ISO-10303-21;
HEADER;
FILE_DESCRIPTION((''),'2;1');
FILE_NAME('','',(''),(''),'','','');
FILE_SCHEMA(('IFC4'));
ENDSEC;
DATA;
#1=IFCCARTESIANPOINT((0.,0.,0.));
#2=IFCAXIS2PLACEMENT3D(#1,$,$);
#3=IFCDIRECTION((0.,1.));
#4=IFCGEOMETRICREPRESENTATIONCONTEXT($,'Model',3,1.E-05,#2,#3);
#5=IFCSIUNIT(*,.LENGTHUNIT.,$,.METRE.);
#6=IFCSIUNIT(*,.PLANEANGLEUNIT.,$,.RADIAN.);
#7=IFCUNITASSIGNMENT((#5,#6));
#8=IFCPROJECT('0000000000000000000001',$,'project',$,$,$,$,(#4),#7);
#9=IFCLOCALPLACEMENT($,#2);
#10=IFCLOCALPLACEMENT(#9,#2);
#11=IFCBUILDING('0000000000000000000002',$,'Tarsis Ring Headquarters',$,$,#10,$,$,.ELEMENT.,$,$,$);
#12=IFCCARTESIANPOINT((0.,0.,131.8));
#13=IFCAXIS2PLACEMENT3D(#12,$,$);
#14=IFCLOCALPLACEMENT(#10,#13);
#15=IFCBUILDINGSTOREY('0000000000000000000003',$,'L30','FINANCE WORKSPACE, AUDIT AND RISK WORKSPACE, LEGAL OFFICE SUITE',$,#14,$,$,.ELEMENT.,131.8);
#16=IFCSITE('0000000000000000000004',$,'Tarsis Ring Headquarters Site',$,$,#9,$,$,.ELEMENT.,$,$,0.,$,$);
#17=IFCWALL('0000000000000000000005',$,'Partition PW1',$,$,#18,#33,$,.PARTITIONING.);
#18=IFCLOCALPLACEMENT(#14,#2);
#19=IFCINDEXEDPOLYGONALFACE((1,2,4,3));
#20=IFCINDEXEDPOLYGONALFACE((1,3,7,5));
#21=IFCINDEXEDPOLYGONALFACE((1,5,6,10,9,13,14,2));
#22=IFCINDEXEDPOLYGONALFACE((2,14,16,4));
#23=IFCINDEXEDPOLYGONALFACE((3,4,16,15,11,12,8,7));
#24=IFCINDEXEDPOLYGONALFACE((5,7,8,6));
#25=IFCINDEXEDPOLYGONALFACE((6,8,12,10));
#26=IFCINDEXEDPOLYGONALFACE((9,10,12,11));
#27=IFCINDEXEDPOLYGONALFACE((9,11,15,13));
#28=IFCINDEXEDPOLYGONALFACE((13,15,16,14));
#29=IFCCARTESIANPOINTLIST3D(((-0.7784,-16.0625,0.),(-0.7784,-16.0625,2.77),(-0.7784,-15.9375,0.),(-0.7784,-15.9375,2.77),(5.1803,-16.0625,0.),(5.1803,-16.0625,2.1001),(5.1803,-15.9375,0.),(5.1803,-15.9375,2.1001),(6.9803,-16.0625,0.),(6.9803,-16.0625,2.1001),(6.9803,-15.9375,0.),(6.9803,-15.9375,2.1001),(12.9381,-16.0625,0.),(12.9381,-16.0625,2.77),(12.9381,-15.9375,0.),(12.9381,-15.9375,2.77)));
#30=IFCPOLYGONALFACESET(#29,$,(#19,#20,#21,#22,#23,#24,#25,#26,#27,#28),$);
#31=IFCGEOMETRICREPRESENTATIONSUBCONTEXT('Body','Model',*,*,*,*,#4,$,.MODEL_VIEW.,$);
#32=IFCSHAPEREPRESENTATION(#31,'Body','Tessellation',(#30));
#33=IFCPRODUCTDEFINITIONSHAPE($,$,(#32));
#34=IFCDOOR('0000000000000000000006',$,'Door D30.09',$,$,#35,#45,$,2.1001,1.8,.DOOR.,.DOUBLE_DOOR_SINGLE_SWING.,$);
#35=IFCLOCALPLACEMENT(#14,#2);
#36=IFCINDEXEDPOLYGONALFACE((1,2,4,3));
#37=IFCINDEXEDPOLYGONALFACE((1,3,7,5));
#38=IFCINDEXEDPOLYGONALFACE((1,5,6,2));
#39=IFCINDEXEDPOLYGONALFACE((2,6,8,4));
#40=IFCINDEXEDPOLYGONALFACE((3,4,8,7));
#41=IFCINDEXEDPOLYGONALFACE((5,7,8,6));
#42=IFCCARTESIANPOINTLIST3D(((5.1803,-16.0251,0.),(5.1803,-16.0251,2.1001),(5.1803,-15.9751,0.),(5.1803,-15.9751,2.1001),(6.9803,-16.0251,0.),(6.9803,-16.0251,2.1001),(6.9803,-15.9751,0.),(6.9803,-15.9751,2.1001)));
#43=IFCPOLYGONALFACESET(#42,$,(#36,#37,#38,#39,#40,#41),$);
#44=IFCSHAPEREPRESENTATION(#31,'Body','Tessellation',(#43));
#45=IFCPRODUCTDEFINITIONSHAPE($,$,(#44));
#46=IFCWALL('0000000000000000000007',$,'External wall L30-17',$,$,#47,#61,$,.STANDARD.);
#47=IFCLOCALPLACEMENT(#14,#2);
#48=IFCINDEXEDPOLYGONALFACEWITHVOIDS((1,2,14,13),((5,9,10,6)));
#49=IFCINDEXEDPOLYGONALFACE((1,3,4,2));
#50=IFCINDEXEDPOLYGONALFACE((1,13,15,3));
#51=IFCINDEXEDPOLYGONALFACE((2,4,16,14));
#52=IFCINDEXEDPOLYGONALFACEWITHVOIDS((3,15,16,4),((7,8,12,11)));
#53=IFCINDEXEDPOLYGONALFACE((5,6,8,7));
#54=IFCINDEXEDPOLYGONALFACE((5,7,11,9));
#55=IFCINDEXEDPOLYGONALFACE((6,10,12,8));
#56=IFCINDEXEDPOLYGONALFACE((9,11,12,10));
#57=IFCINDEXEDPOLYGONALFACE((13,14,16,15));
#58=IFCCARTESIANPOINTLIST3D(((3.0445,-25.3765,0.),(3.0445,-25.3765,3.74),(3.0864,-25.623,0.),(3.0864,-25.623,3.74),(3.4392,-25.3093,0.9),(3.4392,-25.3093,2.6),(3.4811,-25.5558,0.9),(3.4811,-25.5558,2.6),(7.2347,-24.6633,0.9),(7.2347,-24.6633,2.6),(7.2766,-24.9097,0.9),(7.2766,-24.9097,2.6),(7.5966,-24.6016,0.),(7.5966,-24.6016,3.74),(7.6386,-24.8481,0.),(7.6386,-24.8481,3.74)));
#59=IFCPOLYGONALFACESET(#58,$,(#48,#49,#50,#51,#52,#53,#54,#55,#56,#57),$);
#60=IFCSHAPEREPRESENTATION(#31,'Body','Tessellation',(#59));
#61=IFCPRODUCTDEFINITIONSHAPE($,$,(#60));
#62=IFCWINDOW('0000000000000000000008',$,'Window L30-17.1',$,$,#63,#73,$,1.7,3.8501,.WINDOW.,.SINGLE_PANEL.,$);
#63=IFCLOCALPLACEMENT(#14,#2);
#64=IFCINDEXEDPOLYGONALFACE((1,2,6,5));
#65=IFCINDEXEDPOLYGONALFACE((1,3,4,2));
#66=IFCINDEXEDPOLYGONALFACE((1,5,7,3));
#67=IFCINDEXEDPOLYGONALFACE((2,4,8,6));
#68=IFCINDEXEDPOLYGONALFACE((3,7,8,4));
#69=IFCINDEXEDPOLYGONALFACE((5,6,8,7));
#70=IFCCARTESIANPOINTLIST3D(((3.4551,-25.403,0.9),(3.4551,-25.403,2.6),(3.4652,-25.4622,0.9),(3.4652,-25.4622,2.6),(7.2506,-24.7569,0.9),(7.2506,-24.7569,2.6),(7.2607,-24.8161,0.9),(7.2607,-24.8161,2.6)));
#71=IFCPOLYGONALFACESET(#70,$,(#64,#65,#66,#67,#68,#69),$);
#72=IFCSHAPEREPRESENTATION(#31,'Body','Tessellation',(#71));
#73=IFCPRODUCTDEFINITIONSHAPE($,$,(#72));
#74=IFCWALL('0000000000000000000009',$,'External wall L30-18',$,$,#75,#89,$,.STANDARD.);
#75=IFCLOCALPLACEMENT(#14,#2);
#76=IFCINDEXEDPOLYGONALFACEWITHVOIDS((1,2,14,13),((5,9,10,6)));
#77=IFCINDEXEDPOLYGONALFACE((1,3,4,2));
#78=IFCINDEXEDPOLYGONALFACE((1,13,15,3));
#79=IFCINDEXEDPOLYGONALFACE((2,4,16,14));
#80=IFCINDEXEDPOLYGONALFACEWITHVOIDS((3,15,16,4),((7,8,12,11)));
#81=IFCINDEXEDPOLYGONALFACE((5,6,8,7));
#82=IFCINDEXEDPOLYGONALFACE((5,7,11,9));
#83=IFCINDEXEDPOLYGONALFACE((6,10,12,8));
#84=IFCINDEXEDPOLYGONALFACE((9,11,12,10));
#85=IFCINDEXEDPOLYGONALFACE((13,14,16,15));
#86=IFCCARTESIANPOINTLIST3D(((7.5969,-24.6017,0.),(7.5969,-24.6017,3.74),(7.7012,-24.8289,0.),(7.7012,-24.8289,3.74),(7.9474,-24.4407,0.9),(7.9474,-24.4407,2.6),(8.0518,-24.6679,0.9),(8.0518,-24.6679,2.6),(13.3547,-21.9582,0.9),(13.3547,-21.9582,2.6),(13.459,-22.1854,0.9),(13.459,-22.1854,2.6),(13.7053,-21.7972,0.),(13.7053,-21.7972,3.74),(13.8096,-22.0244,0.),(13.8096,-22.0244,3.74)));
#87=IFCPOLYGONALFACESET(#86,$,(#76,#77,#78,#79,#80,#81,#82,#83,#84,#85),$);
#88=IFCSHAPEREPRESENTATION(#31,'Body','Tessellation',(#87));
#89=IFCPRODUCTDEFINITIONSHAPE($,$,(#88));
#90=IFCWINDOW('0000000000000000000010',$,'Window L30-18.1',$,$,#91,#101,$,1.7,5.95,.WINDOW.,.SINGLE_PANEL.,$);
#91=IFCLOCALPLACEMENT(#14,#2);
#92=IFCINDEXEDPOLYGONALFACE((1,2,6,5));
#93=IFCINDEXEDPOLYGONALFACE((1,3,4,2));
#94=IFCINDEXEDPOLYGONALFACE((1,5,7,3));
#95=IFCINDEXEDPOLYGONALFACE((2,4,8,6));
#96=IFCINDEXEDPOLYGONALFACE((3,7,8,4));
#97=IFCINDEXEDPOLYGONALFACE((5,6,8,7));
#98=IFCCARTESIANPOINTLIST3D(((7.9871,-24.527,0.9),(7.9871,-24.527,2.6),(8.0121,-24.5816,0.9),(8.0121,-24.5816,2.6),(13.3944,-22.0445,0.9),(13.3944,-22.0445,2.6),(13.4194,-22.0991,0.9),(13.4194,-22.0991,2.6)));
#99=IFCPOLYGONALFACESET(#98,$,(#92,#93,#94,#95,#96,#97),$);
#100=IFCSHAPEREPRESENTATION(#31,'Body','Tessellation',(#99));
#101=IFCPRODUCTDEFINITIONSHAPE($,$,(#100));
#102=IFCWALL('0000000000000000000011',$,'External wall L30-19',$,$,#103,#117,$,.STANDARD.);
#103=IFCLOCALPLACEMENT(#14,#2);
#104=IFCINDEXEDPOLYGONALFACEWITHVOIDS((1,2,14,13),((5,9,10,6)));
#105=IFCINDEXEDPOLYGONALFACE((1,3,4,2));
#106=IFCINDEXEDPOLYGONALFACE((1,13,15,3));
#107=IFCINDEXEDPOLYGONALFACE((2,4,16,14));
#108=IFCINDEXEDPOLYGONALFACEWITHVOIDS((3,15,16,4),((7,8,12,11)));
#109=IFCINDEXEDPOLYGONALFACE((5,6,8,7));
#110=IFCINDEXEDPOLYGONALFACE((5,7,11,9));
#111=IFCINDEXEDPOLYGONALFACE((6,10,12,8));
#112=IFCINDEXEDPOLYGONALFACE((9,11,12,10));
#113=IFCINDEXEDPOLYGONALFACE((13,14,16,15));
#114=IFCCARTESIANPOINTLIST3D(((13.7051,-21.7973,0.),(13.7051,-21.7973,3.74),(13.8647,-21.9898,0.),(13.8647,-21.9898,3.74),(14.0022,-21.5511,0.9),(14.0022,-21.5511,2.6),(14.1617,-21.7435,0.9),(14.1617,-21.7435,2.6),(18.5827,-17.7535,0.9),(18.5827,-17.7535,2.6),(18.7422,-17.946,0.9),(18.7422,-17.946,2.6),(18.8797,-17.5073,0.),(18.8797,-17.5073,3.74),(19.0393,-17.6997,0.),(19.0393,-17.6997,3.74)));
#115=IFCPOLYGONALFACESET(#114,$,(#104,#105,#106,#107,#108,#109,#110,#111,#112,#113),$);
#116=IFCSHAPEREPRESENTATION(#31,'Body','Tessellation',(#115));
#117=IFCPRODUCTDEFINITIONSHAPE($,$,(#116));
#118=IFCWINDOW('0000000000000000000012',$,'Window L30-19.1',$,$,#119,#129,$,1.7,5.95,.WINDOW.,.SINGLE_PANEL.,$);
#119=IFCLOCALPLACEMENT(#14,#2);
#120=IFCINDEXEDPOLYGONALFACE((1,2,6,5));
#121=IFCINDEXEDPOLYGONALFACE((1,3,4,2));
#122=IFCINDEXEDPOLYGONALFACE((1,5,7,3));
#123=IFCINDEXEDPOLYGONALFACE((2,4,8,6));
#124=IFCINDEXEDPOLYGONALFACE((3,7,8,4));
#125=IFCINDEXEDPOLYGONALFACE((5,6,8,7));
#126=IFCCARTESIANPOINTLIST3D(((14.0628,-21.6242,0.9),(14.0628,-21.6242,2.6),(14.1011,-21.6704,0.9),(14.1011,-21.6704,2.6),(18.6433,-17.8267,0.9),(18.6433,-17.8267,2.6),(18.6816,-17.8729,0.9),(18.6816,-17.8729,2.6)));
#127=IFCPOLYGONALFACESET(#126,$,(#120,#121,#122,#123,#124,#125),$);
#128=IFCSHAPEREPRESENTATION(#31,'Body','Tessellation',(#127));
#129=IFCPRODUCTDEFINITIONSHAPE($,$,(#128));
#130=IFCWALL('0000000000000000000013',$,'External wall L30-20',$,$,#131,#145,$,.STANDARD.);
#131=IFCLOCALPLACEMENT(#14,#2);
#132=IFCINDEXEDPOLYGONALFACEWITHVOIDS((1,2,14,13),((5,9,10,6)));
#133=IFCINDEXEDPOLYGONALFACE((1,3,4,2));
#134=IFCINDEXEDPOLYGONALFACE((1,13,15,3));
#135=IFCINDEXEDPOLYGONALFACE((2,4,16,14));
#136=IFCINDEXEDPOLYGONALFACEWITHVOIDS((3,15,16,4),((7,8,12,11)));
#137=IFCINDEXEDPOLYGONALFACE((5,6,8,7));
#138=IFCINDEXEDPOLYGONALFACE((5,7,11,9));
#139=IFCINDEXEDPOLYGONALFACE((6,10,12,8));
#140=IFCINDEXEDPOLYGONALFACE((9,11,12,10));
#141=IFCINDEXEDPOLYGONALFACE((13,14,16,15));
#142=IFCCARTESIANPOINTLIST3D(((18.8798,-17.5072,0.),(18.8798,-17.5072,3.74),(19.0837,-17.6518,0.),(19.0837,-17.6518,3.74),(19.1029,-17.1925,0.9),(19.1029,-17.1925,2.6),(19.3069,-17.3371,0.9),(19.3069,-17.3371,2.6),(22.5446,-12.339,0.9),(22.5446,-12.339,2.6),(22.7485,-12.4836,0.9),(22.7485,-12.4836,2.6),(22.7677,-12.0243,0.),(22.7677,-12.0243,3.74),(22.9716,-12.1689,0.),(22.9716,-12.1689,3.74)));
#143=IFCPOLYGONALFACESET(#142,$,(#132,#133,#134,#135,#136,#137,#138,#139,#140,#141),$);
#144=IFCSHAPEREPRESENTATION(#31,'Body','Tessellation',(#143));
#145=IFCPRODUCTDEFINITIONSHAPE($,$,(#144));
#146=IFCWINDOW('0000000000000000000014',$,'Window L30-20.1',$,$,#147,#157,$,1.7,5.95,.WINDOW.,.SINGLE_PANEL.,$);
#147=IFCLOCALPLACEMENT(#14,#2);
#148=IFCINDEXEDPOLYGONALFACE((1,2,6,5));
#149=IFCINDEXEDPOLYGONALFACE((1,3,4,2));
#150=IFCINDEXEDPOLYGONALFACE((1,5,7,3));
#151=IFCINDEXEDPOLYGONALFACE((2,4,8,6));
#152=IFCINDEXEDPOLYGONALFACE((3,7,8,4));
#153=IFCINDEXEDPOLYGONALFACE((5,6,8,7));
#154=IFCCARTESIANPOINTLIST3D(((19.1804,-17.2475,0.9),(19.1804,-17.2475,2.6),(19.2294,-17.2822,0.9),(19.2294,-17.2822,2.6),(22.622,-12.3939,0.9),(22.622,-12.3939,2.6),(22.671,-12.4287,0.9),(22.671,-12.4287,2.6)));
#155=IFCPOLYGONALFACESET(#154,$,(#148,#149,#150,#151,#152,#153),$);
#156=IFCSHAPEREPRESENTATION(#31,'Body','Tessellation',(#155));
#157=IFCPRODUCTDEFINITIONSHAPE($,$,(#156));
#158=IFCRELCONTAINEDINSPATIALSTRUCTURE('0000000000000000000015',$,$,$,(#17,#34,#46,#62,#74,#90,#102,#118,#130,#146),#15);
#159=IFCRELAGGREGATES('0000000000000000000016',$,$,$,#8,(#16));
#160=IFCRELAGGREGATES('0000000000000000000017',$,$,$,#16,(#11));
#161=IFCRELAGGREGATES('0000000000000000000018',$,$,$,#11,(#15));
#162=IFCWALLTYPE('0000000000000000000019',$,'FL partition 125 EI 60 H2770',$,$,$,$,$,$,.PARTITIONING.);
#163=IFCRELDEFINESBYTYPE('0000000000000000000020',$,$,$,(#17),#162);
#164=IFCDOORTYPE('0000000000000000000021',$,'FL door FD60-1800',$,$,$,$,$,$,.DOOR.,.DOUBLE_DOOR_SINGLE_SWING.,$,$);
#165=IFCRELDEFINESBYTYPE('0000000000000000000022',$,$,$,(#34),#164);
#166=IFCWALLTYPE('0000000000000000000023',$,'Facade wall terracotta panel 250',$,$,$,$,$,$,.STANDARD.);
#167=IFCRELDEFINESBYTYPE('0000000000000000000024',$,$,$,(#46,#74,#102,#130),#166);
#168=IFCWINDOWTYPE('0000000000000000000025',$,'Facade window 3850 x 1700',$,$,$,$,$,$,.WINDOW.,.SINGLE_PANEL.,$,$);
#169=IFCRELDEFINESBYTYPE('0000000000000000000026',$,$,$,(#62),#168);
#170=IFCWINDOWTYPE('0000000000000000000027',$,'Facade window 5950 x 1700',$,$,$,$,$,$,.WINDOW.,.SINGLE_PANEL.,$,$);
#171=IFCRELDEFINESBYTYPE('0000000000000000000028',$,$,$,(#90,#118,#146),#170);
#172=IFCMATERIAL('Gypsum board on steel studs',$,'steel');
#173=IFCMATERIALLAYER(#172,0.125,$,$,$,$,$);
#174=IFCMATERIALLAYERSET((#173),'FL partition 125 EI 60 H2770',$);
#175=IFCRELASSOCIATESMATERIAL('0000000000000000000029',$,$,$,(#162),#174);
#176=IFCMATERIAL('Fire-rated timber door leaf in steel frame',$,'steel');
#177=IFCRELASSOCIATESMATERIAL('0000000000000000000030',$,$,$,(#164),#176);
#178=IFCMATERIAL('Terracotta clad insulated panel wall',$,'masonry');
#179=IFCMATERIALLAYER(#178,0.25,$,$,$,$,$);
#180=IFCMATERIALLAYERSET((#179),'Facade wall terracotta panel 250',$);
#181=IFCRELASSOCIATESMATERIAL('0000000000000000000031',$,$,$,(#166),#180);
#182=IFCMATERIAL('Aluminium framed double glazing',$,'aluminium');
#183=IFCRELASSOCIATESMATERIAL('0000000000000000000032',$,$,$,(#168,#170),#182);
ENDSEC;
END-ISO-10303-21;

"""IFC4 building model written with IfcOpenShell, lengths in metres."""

from ifc_helpers import new_model, si_unit, direction, frame, frame_2d, origin, place, context, subcontext, project, spatial, rectangle, extrude, material, layer, layer_set, type_object, element, fill, save


model = new_model("IFC4")

# Units and contexts
model_context = context("Model", 3, precision=1e-05, world=origin(), true_north=direction((0.0, 1.0)))
body_context = subcontext(model_context, "Body", "Model", "MODEL_VIEW")
ifc_project = project(units=[si_unit("LENGTHUNIT", "METRE"), si_unit("PLANEANGLEUNIT", "RADIAN")], contexts=[model_context])

# Site, building, storey
site_placement = place(None, origin())
site = spatial("IfcSite", under=ifc_project, at=site_placement, Name="Tarsis Ring Headquarters Site", CompositionType="ELEMENT", RefElevation=0.0)
building_placement = place(site_placement, origin())
building = spatial("IfcBuilding", under=site, at=building_placement, Name="Tarsis Ring Headquarters", CompositionType="ELEMENT")
storey_placement = place(building_placement, frame((0.0, 0.0, 131.8)))
storey = spatial("IfcBuildingStorey", under=building, at=storey_placement, Name="L30", Description="FINANCE WORKSPACE, AUDIT AND RISK WORKSPACE, LEGAL OFFICE SUITE", CompositionType="ELEMENT", Elevation=131.8)

# Shared definitions
ifc_material_1 = material(Name="Gypsum board on steel studs", Category="steel")
ifc_layer_1 = layer(ifc_material_1, 0.125)
ifc_layer_set_1 = layer_set([ifc_layer_1], Name="FL partition 125 EI 60 H2770")
wall_type_1 = type_object("IfcWallType", Name="FL partition 125 EI 60 H2770", PredefinedType="PARTITIONING", material=ifc_layer_set_1)
ifc_material_2 = material(Name="Fire-rated timber door leaf in steel frame", Category="steel")
door_type = type_object("IfcDoorType", Name="FL door FD60-1800", OperationType="DOUBLE_DOOR_SINGLE_SWING", PredefinedType="DOOR", material=ifc_material_2)

# Wall, opening, door
wall_1_placement = place(storey_placement, frame((-0.7786, -16.0, 0.0), z_axis=(0.0, 0.0, 1.0), x_axis=(1.0, 0.0, 0.0)))
wall_1 = element("IfcWall", 1, at=wall_1_placement, inside=storey, type_object=wall_type_1, Name="Partition PW1", PredefinedType="PARTITIONING", context=body_context, shape_type="SweptSolid", body=[
    extrude(rectangle(XDim=13.7166, YDim=0.125, at=frame_2d((6.8584, 0.0))), origin(), (0.0, 0.0, 1.0), 2.77),
])
opening_1_placement = place(wall_1_placement, frame((5.959, 0.0, 0.0)))
opening_1 = element("IfcOpeningElement", 2, at=opening_1_placement, cuts=wall_1, PredefinedType="OPENING", context=body_context, shape_type="SweptSolid", body=[
    extrude(rectangle(XDim=1.8, YDim=2.1001, at=frame_2d((0.8999, 1.05))), frame((0.0, 0.0725, 0.0), z_axis=(0.0, -1.0, 0.0), x_axis=(1.0, 0.0, 0.0)), (0.0, 0.0, 1.0), 0.145),
])
door_1_placement = place(opening_1_placement, origin())
door_1 = element("IfcDoor", 3, at=door_1_placement, inside=storey, type_object=door_type, Name="Door D30.09", OperationType="DOUBLE_DOOR_SINGLE_SWING", OverallHeight=2.1001, OverallWidth=1.8, PredefinedType="DOOR", context=body_context, shape_type="SweptSolid", body=[
    extrude(rectangle(XDim=1.8, YDim=2.1001, at=frame_2d((0.8999, 1.05))), frame((0.0, 0.0249, 0.0), z_axis=(0.0, -1.0, 0.0), x_axis=(1.0, 0.0, 0.0)), (0.0, 0.0, 1.0), 0.05),
])
fill(opening_1, door_1)

# Walls, openings, windows
ifc_material_3 = material(Name="Terracotta clad insulated panel wall", Category="masonry")
ifc_layer_2 = layer(ifc_material_3, 0.25)
ifc_layer_set_2 = layer_set([ifc_layer_2], Name="Facade wall terracotta panel 250")
wall_type_2 = type_object("IfcWallType", Name="Facade wall terracotta panel 250", PredefinedType="STANDARD", material=ifc_layer_set_2)
wall_2_placement = place(storey_placement, frame((3.0654, -25.4998, 0.0), z_axis=(0.0, 0.0, 1.0), x_axis=(0.985819, 0.16781, 0.0)))
wall_2 = element("IfcWall", 4, at=wall_2_placement, inside=storey, type_object=wall_type_2, Name="External wall L30-17", PredefinedType="STANDARD", context=body_context, shape_type="SweptSolid", body=[
    extrude(rectangle(XDim=4.6177, YDim=0.25, at=frame_2d((2.3088, 0.0))), origin(), (0.0, 0.0, 1.0), 3.74),
])
opening_2_placement = place(wall_2_placement, frame((0.4004, 0.0, 0.8999)))
opening_2 = element("IfcOpeningElement", 5, at=opening_2_placement, cuts=wall_2, PredefinedType="OPENING", context=body_context, shape_type="SweptSolid", body=[
    extrude(rectangle(XDim=3.8501, YDim=1.7, at=frame_2d((1.925, 0.8501))), frame((0.0, 0.135, 0.0), z_axis=(0.0, -1.0, 0.0), x_axis=(1.0, 0.0, 0.0)), (0.0, 0.0, 1.0), 0.27),
])
ifc_material_4 = material(Name="Aluminium framed double glazing", Category="aluminium")
window_type_1 = type_object("IfcWindowType", Name="Facade window 3850 x 1700", PartitioningType="SINGLE_PANEL", PredefinedType="WINDOW", material=ifc_material_4)
window_1_placement = place(opening_2_placement, origin())
window_1 = element("IfcWindow", 6, at=window_1_placement, inside=storey, type_object=window_type_1, Name="Window L30-17.1", OverallHeight=1.7, OverallWidth=3.8501, PartitioningType="SINGLE_PANEL", PredefinedType="WINDOW", context=body_context, shape_type="SweptSolid", body=[
    extrude(rectangle(XDim=3.8501, YDim=1.7, at=frame_2d((1.925, 0.8501))), frame((0.0, 0.03, 0.0), z_axis=(0.0, -1.0, 0.0), x_axis=(1.0, 0.0, 0.0)), (0.0, 0.0, 1.0), 0.0601),
])
fill(opening_2, window_1)
wall_3_placement = place(storey_placement, frame((7.6489, -24.7153, 0.0), z_axis=(0.0, 0.0, 1.0), x_axis=(0.908796, 0.41724, 0.0)))
wall_3 = element("IfcWall", 7, at=wall_3_placement, inside=storey, type_object=wall_type_2, Name="External wall L30-18", PredefinedType="STANDARD", context=body_context, shape_type="SweptSolid", body=[
    extrude(rectangle(XDim=6.7214, YDim=0.25, at=frame_2d((3.3608, 0.0))), origin(), (0.0, 0.0, 1.0), 3.74),
])
opening_3_placement = place(wall_3_placement, frame((0.3857, 0.0, 0.8999)))
opening_3 = element("IfcOpeningElement", 8, at=opening_3_placement, cuts=wall_3, PredefinedType="OPENING", context=body_context, shape_type="SweptSolid", body=[
    extrude(rectangle(XDim=5.95, YDim=1.7, at=frame_2d((2.9751, 0.8501))), frame((0.0, 0.135, 0.0), z_axis=(0.0, -1.0, 0.0), x_axis=(1.0, 0.0, 0.0)), (0.0, 0.0, 1.0), 0.27),
])
window_type_2 = type_object("IfcWindowType", Name="Facade window 5950 x 1700", PartitioningType="SINGLE_PANEL", PredefinedType="WINDOW", material=ifc_material_4)
window_2_placement = place(opening_3_placement, origin())
window_2 = element("IfcWindow", 9, at=window_2_placement, inside=storey, type_object=window_type_2, Name="Window L30-18.1", OverallHeight=1.7, OverallWidth=5.95, PartitioningType="SINGLE_PANEL", PredefinedType="WINDOW", context=body_context, shape_type="SweptSolid", body=[
    extrude(rectangle(XDim=5.95, YDim=1.7, at=frame_2d((2.9751, 0.8501))), frame((0.0, 0.03, 0.0), z_axis=(0.0, -1.0, 0.0), x_axis=(1.0, 0.0, 0.0)), (0.0, 0.0, 1.0), 0.0601),
])
fill(opening_3, window_2)
wall_4_placement = place(storey_placement, frame((13.7849, -21.8936, 0.0), z_axis=(0.0, 0.0, 1.0), x_axis=(0.769835, 0.638242, 0.0)))
wall_4 = element("IfcWall", 10, at=wall_4_placement, inside=storey, type_object=wall_type_2, Name="External wall L30-19", PredefinedType="STANDARD", context=body_context, shape_type="SweptSolid", body=[
    extrude(rectangle(XDim=6.7217, YDim=0.25, at=frame_2d((3.3608, 0.0))), origin(), (0.0, 0.0, 1.0), 3.74),
])
opening_4_placement = place(wall_4_placement, frame((0.3857, 0.0, 0.8999)))
opening_4 = element("IfcOpeningElement", 11, at=opening_4_placement, cuts=wall_4, PredefinedType="OPENING", context=body_context, shape_type="SweptSolid", body=[
    extrude(rectangle(XDim=5.95, YDim=1.7, at=frame_2d((2.9751, 0.8501))), frame((0.0, 0.135, 0.0), z_axis=(0.0, -1.0, 0.0), x_axis=(1.0, 0.0, 0.0)), (0.0, 0.0, 1.0), 0.27),
])
window_3_placement = place(opening_4_placement, origin())
window_3 = element("IfcWindow", 12, at=window_3_placement, inside=storey, type_object=window_type_2, Name="Window L30-19.1", OverallHeight=1.7, OverallWidth=5.95, PartitioningType="SINGLE_PANEL", PredefinedType="WINDOW", context=body_context, shape_type="SweptSolid", body=[
    extrude(rectangle(XDim=5.95, YDim=1.7, at=frame_2d((2.9751, 0.8501))), frame((0.0, 0.03, 0.0), z_axis=(0.0, -1.0, 0.0), x_axis=(1.0, 0.0, 0.0)), (0.0, 0.0, 1.0), 0.0601),
])
fill(opening_4, window_3)
wall_5_placement = place(storey_placement, frame((18.9817, -17.5796, 0.0), z_axis=(0.0, 0.0, 1.0), x_axis=(0.578434, 0.815729, 0.0)))
wall_5 = element("IfcWall", 13, at=wall_5_placement, inside=storey, type_object=wall_type_2, Name="External wall L30-20", PredefinedType="STANDARD", context=body_context, shape_type="SweptSolid", body=[
    extrude(rectangle(XDim=6.7214, YDim=0.25, at=frame_2d((3.3608, 0.0))), origin(), (0.0, 0.0, 1.0), 3.74),
])
opening_5_placement = place(wall_5_placement, frame((0.3857, 0.0, 0.8999)))
opening_5 = element("IfcOpeningElement", 14, at=opening_5_placement, cuts=wall_5, PredefinedType="OPENING", context=body_context, shape_type="SweptSolid", body=[
    extrude(rectangle(XDim=5.95, YDim=1.7, at=frame_2d((2.9751, 0.8501))), frame((0.0, 0.135, 0.0), z_axis=(0.0, -1.0, 0.0), x_axis=(1.0, 0.0, 0.0)), (0.0, 0.0, 1.0), 0.27),
])
window_4_placement = place(opening_5_placement, origin())
window_4 = element("IfcWindow", 15, at=window_4_placement, inside=storey, type_object=window_type_2, Name="Window L30-20.1", OverallHeight=1.7, OverallWidth=5.95, PartitioningType="SINGLE_PANEL", PredefinedType="WINDOW", context=body_context, shape_type="SweptSolid", body=[
    extrude(rectangle(XDim=5.95, YDim=1.7, at=frame_2d((2.9751, 0.8501))), frame((0.0, 0.03, 0.0), z_axis=(0.0, -1.0, 0.0), x_axis=(1.0, 0.0, 0.0)), (0.0, 0.0, 1.0), 0.0601),
])
fill(opening_5, window_4)

save(model, "model.ifc")
